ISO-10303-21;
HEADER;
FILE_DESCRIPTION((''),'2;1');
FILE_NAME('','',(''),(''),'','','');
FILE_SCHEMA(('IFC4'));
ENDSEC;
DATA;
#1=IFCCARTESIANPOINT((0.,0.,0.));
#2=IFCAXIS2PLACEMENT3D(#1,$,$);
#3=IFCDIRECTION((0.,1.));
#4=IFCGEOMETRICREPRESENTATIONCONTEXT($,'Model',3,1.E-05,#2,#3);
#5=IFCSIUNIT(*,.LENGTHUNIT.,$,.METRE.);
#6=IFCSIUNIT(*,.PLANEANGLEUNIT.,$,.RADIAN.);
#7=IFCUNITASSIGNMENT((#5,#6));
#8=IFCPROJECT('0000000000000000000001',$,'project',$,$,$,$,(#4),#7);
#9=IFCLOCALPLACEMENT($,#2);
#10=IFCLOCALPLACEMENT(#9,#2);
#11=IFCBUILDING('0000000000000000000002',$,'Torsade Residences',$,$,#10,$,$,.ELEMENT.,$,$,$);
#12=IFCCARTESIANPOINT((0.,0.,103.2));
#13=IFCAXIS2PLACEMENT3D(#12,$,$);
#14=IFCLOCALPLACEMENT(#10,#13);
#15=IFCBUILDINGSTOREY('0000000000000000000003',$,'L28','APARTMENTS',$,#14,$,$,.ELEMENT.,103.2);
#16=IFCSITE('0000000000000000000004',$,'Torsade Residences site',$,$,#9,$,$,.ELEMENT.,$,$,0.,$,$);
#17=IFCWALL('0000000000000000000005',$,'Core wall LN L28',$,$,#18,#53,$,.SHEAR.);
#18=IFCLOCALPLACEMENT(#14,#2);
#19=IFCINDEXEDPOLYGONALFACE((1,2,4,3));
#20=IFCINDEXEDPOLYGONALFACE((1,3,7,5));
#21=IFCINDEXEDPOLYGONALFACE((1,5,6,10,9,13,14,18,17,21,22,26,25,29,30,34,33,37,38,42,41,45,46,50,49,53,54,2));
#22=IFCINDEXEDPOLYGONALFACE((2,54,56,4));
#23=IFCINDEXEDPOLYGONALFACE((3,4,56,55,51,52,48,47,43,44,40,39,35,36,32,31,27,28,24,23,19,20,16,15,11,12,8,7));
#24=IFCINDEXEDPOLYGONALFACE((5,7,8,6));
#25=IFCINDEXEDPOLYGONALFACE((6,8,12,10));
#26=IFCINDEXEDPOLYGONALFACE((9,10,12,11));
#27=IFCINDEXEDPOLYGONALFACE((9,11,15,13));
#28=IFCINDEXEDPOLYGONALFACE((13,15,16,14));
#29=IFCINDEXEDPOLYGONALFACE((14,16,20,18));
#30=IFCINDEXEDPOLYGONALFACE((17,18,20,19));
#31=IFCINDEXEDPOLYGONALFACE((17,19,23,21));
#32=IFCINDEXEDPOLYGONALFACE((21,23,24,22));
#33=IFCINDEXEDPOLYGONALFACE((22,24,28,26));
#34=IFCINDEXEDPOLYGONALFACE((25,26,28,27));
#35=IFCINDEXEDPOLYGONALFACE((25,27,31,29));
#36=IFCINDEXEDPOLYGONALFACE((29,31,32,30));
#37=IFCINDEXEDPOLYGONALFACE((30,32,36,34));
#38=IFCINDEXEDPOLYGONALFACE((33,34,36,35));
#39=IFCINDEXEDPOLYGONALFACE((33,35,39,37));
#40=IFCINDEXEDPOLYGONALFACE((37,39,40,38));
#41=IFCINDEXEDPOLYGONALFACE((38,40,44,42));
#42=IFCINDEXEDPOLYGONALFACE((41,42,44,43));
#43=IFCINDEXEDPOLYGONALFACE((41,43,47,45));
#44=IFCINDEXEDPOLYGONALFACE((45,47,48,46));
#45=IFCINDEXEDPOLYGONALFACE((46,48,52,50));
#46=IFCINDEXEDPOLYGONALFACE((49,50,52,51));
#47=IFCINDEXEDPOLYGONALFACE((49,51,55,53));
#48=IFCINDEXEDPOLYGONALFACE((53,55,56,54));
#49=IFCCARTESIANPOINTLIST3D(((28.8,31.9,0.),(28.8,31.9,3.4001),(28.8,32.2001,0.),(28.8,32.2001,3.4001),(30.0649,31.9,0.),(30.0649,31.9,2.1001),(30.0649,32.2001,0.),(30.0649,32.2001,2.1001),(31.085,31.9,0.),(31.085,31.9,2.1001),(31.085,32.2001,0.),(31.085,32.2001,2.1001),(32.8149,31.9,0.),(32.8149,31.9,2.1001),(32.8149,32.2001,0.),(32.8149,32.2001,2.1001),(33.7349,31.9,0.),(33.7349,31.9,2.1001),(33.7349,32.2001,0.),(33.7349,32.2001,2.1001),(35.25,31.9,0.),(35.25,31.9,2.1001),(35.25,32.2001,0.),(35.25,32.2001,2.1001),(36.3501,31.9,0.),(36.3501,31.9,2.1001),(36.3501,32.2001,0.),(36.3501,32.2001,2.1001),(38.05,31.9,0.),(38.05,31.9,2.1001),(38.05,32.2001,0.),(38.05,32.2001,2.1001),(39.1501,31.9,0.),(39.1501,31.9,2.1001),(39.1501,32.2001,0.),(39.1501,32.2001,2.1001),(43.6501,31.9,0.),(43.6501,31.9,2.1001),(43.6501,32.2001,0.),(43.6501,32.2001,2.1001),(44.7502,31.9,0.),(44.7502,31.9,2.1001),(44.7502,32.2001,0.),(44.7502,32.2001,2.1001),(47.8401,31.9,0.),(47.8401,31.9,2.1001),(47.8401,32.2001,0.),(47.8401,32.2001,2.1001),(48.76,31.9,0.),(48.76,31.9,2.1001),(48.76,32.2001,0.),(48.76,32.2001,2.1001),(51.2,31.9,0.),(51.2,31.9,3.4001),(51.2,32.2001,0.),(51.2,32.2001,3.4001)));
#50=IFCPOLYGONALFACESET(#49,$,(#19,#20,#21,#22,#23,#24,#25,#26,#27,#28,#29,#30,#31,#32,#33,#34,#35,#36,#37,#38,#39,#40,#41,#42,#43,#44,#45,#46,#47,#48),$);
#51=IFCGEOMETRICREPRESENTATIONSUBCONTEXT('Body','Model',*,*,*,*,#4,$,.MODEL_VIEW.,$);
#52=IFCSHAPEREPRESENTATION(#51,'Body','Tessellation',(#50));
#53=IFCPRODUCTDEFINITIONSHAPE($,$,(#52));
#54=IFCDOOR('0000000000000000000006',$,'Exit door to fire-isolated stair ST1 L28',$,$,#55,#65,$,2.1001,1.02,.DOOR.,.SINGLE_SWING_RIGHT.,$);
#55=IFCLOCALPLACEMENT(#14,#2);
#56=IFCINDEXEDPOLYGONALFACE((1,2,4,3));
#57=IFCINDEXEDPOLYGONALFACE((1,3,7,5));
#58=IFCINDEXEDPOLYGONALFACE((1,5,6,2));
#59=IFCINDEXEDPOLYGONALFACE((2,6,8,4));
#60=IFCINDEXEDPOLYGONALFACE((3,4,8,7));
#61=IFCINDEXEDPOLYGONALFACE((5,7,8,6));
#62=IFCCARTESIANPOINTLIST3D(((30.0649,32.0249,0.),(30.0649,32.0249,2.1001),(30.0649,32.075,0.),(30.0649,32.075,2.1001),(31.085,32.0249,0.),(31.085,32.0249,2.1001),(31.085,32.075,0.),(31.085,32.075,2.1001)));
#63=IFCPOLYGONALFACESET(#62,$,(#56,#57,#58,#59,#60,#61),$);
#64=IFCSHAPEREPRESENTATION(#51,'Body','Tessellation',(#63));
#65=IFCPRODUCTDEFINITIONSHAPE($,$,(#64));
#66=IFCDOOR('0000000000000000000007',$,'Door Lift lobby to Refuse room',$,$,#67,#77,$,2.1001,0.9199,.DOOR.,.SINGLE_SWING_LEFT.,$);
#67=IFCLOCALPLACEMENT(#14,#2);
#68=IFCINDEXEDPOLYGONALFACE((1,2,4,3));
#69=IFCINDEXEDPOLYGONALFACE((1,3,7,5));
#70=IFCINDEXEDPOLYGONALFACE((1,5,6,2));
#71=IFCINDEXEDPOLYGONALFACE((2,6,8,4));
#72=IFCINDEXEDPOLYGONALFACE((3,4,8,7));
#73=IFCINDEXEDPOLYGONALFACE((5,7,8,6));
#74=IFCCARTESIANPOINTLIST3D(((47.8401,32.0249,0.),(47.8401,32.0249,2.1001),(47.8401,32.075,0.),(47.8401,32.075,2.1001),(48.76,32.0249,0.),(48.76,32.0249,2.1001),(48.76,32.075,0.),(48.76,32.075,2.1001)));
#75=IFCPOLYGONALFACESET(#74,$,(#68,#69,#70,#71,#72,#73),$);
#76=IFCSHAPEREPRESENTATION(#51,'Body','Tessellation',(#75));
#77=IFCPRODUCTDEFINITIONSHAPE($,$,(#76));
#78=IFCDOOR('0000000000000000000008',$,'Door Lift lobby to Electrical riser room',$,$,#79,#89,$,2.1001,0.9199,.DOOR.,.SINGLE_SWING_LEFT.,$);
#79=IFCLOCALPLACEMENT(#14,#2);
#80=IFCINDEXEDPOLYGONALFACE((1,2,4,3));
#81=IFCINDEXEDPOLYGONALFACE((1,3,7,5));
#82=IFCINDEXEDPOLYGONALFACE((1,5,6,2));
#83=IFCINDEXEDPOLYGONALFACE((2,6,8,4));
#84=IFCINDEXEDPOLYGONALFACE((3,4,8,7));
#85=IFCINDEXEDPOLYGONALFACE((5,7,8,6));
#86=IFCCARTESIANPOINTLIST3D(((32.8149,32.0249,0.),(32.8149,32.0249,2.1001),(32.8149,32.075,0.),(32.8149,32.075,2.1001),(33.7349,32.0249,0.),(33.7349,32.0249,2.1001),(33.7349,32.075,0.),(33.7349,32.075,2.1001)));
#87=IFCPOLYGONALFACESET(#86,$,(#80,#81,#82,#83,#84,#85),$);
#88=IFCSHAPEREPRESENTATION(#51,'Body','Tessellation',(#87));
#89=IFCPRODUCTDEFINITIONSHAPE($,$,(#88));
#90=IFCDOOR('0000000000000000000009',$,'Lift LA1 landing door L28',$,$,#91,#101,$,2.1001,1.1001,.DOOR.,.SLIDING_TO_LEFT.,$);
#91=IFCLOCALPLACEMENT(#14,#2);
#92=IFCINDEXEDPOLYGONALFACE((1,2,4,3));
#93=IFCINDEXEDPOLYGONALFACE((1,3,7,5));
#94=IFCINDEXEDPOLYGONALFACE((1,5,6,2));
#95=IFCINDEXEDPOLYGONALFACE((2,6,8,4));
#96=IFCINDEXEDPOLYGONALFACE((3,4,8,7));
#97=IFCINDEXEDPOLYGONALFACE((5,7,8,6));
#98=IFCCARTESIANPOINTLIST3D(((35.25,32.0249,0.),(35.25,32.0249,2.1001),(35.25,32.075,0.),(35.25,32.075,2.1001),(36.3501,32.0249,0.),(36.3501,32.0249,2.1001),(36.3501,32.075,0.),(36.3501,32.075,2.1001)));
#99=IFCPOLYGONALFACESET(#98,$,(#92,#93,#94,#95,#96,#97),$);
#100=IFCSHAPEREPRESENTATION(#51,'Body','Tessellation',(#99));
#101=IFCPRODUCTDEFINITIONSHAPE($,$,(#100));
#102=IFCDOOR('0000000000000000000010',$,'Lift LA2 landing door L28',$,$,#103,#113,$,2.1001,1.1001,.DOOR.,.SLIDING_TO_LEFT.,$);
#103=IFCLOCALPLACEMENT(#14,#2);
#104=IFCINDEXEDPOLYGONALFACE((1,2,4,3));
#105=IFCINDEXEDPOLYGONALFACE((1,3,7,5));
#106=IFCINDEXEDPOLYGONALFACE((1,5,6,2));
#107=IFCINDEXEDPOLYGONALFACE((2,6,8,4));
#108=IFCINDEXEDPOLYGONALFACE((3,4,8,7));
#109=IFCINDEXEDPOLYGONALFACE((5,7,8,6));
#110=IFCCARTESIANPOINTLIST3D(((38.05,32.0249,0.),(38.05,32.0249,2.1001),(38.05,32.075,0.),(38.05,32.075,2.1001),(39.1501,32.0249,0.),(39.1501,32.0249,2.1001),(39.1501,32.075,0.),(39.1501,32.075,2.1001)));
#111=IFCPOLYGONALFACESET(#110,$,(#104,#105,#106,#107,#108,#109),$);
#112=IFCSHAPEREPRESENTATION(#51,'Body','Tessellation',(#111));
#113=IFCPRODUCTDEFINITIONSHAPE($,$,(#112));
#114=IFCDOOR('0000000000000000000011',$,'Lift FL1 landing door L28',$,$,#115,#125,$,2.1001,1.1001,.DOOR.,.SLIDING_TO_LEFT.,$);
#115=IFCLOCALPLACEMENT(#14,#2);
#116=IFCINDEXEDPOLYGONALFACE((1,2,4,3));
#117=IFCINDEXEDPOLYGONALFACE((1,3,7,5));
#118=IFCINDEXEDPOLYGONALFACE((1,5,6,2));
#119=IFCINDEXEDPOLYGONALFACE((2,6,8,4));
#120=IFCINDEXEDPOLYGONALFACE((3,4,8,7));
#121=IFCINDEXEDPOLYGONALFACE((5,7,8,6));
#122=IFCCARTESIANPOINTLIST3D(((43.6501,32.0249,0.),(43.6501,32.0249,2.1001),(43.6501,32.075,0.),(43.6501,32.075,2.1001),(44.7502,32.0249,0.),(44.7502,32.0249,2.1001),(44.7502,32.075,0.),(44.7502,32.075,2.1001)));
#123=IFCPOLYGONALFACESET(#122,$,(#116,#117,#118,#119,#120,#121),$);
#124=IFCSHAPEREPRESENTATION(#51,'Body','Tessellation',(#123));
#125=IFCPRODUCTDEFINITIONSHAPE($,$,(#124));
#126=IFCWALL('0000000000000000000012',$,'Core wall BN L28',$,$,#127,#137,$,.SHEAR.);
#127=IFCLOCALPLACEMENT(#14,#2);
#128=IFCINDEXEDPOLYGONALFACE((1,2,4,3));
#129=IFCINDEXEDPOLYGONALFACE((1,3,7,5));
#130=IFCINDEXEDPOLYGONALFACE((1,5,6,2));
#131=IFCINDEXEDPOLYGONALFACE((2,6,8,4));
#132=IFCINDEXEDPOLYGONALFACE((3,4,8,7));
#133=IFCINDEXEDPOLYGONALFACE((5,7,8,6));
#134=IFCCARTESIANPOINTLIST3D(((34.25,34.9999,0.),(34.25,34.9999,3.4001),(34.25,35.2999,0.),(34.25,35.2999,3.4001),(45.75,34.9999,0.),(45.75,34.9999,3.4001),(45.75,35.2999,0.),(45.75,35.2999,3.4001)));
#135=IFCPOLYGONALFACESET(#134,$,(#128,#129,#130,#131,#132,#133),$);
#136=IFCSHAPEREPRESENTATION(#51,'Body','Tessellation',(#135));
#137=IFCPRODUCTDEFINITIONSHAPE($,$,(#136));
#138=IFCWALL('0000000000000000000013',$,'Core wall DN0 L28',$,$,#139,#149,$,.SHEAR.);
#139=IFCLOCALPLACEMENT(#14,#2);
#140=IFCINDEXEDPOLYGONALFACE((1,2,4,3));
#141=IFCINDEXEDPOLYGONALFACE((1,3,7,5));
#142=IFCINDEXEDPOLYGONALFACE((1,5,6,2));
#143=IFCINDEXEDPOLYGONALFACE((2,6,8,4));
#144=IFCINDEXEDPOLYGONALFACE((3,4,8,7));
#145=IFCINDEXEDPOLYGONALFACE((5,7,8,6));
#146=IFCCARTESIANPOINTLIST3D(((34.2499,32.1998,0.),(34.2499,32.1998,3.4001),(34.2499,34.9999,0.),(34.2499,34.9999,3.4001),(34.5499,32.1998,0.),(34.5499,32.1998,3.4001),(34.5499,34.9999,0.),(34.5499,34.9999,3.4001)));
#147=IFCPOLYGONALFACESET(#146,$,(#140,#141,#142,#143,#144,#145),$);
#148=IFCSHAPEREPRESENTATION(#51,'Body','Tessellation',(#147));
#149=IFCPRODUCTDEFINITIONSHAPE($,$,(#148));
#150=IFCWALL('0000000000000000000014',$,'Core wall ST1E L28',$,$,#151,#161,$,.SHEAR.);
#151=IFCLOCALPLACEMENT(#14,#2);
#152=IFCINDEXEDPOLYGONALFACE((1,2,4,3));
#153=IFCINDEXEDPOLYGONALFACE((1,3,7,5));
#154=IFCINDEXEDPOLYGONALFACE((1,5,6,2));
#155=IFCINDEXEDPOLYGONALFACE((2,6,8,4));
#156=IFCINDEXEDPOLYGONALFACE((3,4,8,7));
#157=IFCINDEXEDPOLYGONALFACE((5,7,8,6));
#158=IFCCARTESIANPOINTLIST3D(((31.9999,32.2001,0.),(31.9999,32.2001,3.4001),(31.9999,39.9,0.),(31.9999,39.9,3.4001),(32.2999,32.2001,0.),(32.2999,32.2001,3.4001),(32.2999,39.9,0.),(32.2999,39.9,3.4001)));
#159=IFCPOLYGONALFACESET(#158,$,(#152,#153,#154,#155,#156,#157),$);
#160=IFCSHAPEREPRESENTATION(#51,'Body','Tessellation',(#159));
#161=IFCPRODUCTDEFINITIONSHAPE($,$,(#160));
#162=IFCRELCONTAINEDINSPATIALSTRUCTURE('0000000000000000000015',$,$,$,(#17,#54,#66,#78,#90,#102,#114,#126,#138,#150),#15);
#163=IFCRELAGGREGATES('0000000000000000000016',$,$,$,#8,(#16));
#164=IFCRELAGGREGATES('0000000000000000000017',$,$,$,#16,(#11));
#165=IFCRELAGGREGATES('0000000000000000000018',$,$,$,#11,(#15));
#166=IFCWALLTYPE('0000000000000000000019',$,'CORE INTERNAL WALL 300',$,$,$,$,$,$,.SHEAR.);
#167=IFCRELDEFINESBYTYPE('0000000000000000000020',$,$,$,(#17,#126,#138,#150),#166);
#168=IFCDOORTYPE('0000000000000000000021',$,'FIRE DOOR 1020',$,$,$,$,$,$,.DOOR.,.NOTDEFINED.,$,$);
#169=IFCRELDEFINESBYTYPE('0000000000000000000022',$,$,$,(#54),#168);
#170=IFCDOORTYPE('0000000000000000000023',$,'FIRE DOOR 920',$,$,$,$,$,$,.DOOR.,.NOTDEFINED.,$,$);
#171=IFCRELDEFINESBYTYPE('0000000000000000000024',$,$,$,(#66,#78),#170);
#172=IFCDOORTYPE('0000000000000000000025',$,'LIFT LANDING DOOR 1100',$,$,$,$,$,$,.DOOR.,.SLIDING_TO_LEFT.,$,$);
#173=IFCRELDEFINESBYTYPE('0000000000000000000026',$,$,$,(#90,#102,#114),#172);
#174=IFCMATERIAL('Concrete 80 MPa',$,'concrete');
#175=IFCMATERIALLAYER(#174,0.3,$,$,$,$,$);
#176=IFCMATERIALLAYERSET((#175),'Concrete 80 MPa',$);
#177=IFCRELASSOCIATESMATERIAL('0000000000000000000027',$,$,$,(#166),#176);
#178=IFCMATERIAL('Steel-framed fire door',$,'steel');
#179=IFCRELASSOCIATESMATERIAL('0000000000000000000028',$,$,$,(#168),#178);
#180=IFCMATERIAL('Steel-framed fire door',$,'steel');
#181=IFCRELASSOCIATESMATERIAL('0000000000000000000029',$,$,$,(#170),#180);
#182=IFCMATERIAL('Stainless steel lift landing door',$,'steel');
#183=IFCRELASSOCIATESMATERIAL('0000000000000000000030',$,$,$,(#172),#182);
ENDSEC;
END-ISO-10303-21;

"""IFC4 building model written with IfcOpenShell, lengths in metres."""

from ifc_helpers import new_model, si_unit, direction, frame, frame_2d, origin, place, context, subcontext, project, spatial, rectangle, extrude, material, layer, layer_set, type_object, element, fill, save


model = new_model("IFC4")

# Units and contexts
model_context = context("Model", 3, precision=1e-05, world=origin(), true_north=direction((0.0, 1.0)))
body_context = subcontext(model_context, "Body", "Model", "MODEL_VIEW")
ifc_project = project(units=[si_unit("LENGTHUNIT", "METRE"), si_unit("PLANEANGLEUNIT", "RADIAN")], contexts=[model_context])

# Site, building, storey
site_placement = place(None, origin())
site = spatial("IfcSite", under=ifc_project, at=site_placement, Name="Torsade Residences site", CompositionType="ELEMENT", RefElevation=0.0)
building_placement = place(site_placement, origin())
building = spatial("IfcBuilding", under=site, at=building_placement, Name="Torsade Residences", CompositionType="ELEMENT")
storey_placement = place(building_placement, frame((0.0, 0.0, 103.2)))
storey = spatial("IfcBuildingStorey", under=building, at=storey_placement, Name="L28", Description="APARTMENTS", CompositionType="ELEMENT", Elevation=103.2)

# Wall, openings, doors
ifc_material_1 = material(Name="Concrete 80 MPa", Category="concrete")
ifc_layer_1 = layer(ifc_material_1, 0.3)
ifc_layer_set_1 = layer_set([ifc_layer_1], Name="Concrete 80 MPa")
wall_type_1 = type_object("IfcWallType", Name="CORE INTERNAL WALL 300", PredefinedType="SHEAR", material=ifc_layer_set_1)
wall_1_placement = place(storey_placement, frame((28.8, 32.05, 0.0), z_axis=(0.0, 0.0, 1.0), x_axis=(1.0, 0.0, 0.0)))
wall_1 = element("IfcWall", 1, at=wall_1_placement, inside=storey, type_object=wall_type_1, Name="Core wall LN L28", PredefinedType="SHEAR", context=body_context, shape_type="SweptSolid", body=[
    extrude(rectangle(XDim=22.3999, YDim=0.3, at=frame_2d((11.2, 0.0))), origin(), (0.0, 0.0, 1.0), 3.4001),
])
opening_1_placement = place(wall_1_placement, frame((19.04, 0.0, 0.0)))
opening_1 = element("IfcOpeningElement", 2, at=opening_1_placement, cuts=wall_1, PredefinedType="OPENING", context=body_context, shape_type="SweptSolid", body=[
    extrude(rectangle(XDim=0.9199, YDim=2.1001, at=frame_2d((0.46, 1.05))), frame((0.0, 0.1599, 0.0), z_axis=(0.0, -1.0, 0.0), x_axis=(1.0, 0.0, 0.0)), (0.0, 0.0, 1.0), 0.3201),
])
opening_2_placement = place(wall_1_placement, frame((1.2649, 0.0, 0.0)))
opening_2 = element("IfcOpeningElement", 3, at=opening_2_placement, cuts=wall_1, PredefinedType="OPENING", context=body_context, shape_type="SweptSolid", body=[
    extrude(rectangle(XDim=1.02, YDim=2.1001, at=frame_2d((0.51, 1.05))), frame((0.0, 0.1599, 0.0), z_axis=(0.0, -1.0, 0.0), x_axis=(1.0, 0.0, 0.0)), (0.0, 0.0, 1.0), 0.3201),
])
opening_3_placement = place(wall_1_placement, frame((4.0149, 0.0, 0.0)))
opening_3 = element("IfcOpeningElement", 4, at=opening_3_placement, cuts=wall_1, PredefinedType="OPENING", context=body_context, shape_type="SweptSolid", body=[
    extrude(rectangle(XDim=0.9199, YDim=2.1001, at=frame_2d((0.46, 1.05))), frame((0.0, 0.1599, 0.0), z_axis=(0.0, -1.0, 0.0), x_axis=(1.0, 0.0, 0.0)), (0.0, 0.0, 1.0), 0.3201),
])
opening_4_placement = place(wall_1_placement, frame((6.45, 0.0, 0.0)))
opening_4 = element("IfcOpeningElement", 5, at=opening_4_placement, cuts=wall_1, PredefinedType="OPENING", context=body_context, shape_type="SweptSolid", body=[
    extrude(rectangle(XDim=1.1001, YDim=2.1001, at=frame_2d((0.55, 1.05))), frame((0.0, 0.1599, 0.0), z_axis=(0.0, -1.0, 0.0), x_axis=(1.0, 0.0, 0.0)), (0.0, 0.0, 1.0), 0.3201),
])
opening_5_placement = place(wall_1_placement, frame((9.25, 0.0, 0.0)))
opening_5 = element("IfcOpeningElement", 6, at=opening_5_placement, cuts=wall_1, PredefinedType="OPENING", context=body_context, shape_type="SweptSolid", body=[
    extrude(rectangle(XDim=1.1001, YDim=2.1001, at=frame_2d((0.55, 1.05))), frame((0.0, 0.1599, 0.0), z_axis=(0.0, -1.0, 0.0), x_axis=(1.0, 0.0, 0.0)), (0.0, 0.0, 1.0), 0.3201),
])
opening_6_placement = place(wall_1_placement, frame((14.8501, 0.0, 0.0)))
opening_6 = element("IfcOpeningElement", 7, at=opening_6_placement, cuts=wall_1, PredefinedType="OPENING", context=body_context, shape_type="SweptSolid", body=[
    extrude(rectangle(XDim=1.1001, YDim=2.1001, at=frame_2d((0.55, 1.05))), frame((0.0, 0.1599, 0.0), z_axis=(0.0, -1.0, 0.0), x_axis=(1.0, 0.0, 0.0)), (0.0, 0.0, 1.0), 0.3201),
])
ifc_material_2 = material(Name="Steel-framed fire door", Category="steel")
door_type_1 = type_object("IfcDoorType", Name="FIRE DOOR 1020", OperationType="NOTDEFINED", PredefinedType="DOOR", material=ifc_material_2)
door_1_placement = place(opening_2_placement, origin())
door_1 = element("IfcDoor", 8, at=door_1_placement, inside=storey, type_object=door_type_1, Name="Exit door to fire-isolated stair ST1 L28", OperationType="SINGLE_SWING_RIGHT", OverallHeight=2.1001, OverallWidth=1.02, PredefinedType="DOOR", context=body_context, shape_type="SweptSolid", body=[
    extrude(rectangle(XDim=1.02, YDim=2.1001, at=frame_2d((0.51, 1.05))), frame((0.0, 0.0249, 0.0), z_axis=(0.0, -1.0, 0.0), x_axis=(1.0, 0.0, 0.0)), (0.0, 0.0, 1.0), 0.05),
])
fill(opening_2, door_1)
ifc_material_3 = material(Name="Steel-framed fire door", Category="steel")
door_type_2 = type_object("IfcDoorType", Name="FIRE DOOR 920", OperationType="NOTDEFINED", PredefinedType="DOOR", material=ifc_material_3)
door_2_placement = place(opening_1_placement, origin())
door_2 = element("IfcDoor", 9, at=door_2_placement, inside=storey, type_object=door_type_2, Name="Door Lift lobby to Refuse room", OperationType="SINGLE_SWING_LEFT", OverallHeight=2.1001, OverallWidth=0.9199, PredefinedType="DOOR", context=body_context, shape_type="SweptSolid", body=[
    extrude(rectangle(XDim=0.9199, YDim=2.1001, at=frame_2d((0.46, 1.05))), frame((0.0, 0.0249, 0.0), z_axis=(0.0, -1.0, 0.0), x_axis=(1.0, 0.0, 0.0)), (0.0, 0.0, 1.0), 0.05),
])
fill(opening_1, door_2)
door_3_placement = place(opening_3_placement, origin())
door_3 = element("IfcDoor", 10, at=door_3_placement, inside=storey, type_object=door_type_2, Name="Door Lift lobby to Electrical riser room", OperationType="SINGLE_SWING_LEFT", OverallHeight=2.1001, OverallWidth=0.9199, PredefinedType="DOOR", context=body_context, shape_type="SweptSolid", body=[
    extrude(rectangle(XDim=0.9199, YDim=2.1001, at=frame_2d((0.46, 1.05))), frame((0.0, 0.0249, 0.0), z_axis=(0.0, -1.0, 0.0), x_axis=(1.0, 0.0, 0.0)), (0.0, 0.0, 1.0), 0.05),
])
fill(opening_3, door_3)
ifc_material_4 = material(Name="Stainless steel lift landing door", Category="steel")
door_type_3 = type_object("IfcDoorType", Name="LIFT LANDING DOOR 1100", OperationType="SLIDING_TO_LEFT", PredefinedType="DOOR", material=ifc_material_4)
door_4_placement = place(opening_4_placement, origin())
door_4 = element("IfcDoor", 11, at=door_4_placement, inside=storey, type_object=door_type_3, Name="Lift LA1 landing door L28", OperationType="SLIDING_TO_LEFT", OverallHeight=2.1001, OverallWidth=1.1001, PredefinedType="DOOR", context=body_context, shape_type="SweptSolid", body=[
    extrude(rectangle(XDim=1.1001, YDim=2.1001, at=frame_2d((0.55, 1.05))), frame((0.0, 0.0249, 0.0), z_axis=(0.0, -1.0, 0.0), x_axis=(1.0, 0.0, 0.0)), (0.0, 0.0, 1.0), 0.05),
])
fill(opening_4, door_4)
door_5_placement = place(opening_5_placement, origin())
door_5 = element("IfcDoor", 12, at=door_5_placement, inside=storey, type_object=door_type_3, Name="Lift LA2 landing door L28", OperationType="SLIDING_TO_LEFT", OverallHeight=2.1001, OverallWidth=1.1001, PredefinedType="DOOR", context=body_context, shape_type="SweptSolid", body=[
    extrude(rectangle(XDim=1.1001, YDim=2.1001, at=frame_2d((0.55, 1.05))), frame((0.0, 0.0249, 0.0), z_axis=(0.0, -1.0, 0.0), x_axis=(1.0, 0.0, 0.0)), (0.0, 0.0, 1.0), 0.05),
])
fill(opening_5, door_5)
door_6_placement = place(opening_6_placement, origin())
door_6 = element("IfcDoor", 13, at=door_6_placement, inside=storey, type_object=door_type_3, Name="Lift FL1 landing door L28", OperationType="SLIDING_TO_LEFT", OverallHeight=2.1001, OverallWidth=1.1001, PredefinedType="DOOR", context=body_context, shape_type="SweptSolid", body=[
    extrude(rectangle(XDim=1.1001, YDim=2.1001, at=frame_2d((0.55, 1.05))), frame((0.0, 0.0249, 0.0), z_axis=(0.0, -1.0, 0.0), x_axis=(1.0, 0.0, 0.0)), (0.0, 0.0, 1.0), 0.05),
])
fill(opening_6, door_6)

# Walls
wall_2_placement = place(storey_placement, frame((34.25, 35.1499, 0.0), z_axis=(0.0, 0.0, 1.0), x_axis=(1.0, 0.0, 0.0)))
element("IfcWall", 14, at=wall_2_placement, inside=storey, type_object=wall_type_1, Name="Core wall BN L28", PredefinedType="SHEAR", context=body_context, shape_type="SweptSolid", body=[
    extrude(rectangle(XDim=11.5, YDim=0.3, at=frame_2d((5.75, 0.0))), origin(), (0.0, 0.0, 1.0), 3.4001),
])
wall_3_placement = place(storey_placement, frame((34.3999, 32.2, 0.0), z_axis=(0.0, 0.0, 1.0), x_axis=(0.0, 1.0, 0.0)))
element("IfcWall", 15, at=wall_3_placement, inside=storey, type_object=wall_type_1, Name="Core wall DN0 L28", PredefinedType="SHEAR", context=body_context, shape_type="SweptSolid", body=[
    extrude(rectangle(XDim=2.8, YDim=0.3, at=frame_2d((1.3999, 0.0))), origin(), (0.0, 0.0, 1.0), 3.4001),
])
wall_4_placement = place(storey_placement, frame((32.1499, 32.2, 0.0), z_axis=(0.0, 0.0, 1.0), x_axis=(0.0, 1.0, 0.0)))
element("IfcWall", 16, at=wall_4_placement, inside=storey, type_object=wall_type_1, Name="Core wall ST1E L28", PredefinedType="SHEAR", context=body_context, shape_type="SweptSolid", body=[
    extrude(rectangle(XDim=7.7, YDim=0.3, at=frame_2d((3.8501, 0.0))), origin(), (0.0, 0.0, 1.0), 3.4001),
])

save(model, "model.ifc")
